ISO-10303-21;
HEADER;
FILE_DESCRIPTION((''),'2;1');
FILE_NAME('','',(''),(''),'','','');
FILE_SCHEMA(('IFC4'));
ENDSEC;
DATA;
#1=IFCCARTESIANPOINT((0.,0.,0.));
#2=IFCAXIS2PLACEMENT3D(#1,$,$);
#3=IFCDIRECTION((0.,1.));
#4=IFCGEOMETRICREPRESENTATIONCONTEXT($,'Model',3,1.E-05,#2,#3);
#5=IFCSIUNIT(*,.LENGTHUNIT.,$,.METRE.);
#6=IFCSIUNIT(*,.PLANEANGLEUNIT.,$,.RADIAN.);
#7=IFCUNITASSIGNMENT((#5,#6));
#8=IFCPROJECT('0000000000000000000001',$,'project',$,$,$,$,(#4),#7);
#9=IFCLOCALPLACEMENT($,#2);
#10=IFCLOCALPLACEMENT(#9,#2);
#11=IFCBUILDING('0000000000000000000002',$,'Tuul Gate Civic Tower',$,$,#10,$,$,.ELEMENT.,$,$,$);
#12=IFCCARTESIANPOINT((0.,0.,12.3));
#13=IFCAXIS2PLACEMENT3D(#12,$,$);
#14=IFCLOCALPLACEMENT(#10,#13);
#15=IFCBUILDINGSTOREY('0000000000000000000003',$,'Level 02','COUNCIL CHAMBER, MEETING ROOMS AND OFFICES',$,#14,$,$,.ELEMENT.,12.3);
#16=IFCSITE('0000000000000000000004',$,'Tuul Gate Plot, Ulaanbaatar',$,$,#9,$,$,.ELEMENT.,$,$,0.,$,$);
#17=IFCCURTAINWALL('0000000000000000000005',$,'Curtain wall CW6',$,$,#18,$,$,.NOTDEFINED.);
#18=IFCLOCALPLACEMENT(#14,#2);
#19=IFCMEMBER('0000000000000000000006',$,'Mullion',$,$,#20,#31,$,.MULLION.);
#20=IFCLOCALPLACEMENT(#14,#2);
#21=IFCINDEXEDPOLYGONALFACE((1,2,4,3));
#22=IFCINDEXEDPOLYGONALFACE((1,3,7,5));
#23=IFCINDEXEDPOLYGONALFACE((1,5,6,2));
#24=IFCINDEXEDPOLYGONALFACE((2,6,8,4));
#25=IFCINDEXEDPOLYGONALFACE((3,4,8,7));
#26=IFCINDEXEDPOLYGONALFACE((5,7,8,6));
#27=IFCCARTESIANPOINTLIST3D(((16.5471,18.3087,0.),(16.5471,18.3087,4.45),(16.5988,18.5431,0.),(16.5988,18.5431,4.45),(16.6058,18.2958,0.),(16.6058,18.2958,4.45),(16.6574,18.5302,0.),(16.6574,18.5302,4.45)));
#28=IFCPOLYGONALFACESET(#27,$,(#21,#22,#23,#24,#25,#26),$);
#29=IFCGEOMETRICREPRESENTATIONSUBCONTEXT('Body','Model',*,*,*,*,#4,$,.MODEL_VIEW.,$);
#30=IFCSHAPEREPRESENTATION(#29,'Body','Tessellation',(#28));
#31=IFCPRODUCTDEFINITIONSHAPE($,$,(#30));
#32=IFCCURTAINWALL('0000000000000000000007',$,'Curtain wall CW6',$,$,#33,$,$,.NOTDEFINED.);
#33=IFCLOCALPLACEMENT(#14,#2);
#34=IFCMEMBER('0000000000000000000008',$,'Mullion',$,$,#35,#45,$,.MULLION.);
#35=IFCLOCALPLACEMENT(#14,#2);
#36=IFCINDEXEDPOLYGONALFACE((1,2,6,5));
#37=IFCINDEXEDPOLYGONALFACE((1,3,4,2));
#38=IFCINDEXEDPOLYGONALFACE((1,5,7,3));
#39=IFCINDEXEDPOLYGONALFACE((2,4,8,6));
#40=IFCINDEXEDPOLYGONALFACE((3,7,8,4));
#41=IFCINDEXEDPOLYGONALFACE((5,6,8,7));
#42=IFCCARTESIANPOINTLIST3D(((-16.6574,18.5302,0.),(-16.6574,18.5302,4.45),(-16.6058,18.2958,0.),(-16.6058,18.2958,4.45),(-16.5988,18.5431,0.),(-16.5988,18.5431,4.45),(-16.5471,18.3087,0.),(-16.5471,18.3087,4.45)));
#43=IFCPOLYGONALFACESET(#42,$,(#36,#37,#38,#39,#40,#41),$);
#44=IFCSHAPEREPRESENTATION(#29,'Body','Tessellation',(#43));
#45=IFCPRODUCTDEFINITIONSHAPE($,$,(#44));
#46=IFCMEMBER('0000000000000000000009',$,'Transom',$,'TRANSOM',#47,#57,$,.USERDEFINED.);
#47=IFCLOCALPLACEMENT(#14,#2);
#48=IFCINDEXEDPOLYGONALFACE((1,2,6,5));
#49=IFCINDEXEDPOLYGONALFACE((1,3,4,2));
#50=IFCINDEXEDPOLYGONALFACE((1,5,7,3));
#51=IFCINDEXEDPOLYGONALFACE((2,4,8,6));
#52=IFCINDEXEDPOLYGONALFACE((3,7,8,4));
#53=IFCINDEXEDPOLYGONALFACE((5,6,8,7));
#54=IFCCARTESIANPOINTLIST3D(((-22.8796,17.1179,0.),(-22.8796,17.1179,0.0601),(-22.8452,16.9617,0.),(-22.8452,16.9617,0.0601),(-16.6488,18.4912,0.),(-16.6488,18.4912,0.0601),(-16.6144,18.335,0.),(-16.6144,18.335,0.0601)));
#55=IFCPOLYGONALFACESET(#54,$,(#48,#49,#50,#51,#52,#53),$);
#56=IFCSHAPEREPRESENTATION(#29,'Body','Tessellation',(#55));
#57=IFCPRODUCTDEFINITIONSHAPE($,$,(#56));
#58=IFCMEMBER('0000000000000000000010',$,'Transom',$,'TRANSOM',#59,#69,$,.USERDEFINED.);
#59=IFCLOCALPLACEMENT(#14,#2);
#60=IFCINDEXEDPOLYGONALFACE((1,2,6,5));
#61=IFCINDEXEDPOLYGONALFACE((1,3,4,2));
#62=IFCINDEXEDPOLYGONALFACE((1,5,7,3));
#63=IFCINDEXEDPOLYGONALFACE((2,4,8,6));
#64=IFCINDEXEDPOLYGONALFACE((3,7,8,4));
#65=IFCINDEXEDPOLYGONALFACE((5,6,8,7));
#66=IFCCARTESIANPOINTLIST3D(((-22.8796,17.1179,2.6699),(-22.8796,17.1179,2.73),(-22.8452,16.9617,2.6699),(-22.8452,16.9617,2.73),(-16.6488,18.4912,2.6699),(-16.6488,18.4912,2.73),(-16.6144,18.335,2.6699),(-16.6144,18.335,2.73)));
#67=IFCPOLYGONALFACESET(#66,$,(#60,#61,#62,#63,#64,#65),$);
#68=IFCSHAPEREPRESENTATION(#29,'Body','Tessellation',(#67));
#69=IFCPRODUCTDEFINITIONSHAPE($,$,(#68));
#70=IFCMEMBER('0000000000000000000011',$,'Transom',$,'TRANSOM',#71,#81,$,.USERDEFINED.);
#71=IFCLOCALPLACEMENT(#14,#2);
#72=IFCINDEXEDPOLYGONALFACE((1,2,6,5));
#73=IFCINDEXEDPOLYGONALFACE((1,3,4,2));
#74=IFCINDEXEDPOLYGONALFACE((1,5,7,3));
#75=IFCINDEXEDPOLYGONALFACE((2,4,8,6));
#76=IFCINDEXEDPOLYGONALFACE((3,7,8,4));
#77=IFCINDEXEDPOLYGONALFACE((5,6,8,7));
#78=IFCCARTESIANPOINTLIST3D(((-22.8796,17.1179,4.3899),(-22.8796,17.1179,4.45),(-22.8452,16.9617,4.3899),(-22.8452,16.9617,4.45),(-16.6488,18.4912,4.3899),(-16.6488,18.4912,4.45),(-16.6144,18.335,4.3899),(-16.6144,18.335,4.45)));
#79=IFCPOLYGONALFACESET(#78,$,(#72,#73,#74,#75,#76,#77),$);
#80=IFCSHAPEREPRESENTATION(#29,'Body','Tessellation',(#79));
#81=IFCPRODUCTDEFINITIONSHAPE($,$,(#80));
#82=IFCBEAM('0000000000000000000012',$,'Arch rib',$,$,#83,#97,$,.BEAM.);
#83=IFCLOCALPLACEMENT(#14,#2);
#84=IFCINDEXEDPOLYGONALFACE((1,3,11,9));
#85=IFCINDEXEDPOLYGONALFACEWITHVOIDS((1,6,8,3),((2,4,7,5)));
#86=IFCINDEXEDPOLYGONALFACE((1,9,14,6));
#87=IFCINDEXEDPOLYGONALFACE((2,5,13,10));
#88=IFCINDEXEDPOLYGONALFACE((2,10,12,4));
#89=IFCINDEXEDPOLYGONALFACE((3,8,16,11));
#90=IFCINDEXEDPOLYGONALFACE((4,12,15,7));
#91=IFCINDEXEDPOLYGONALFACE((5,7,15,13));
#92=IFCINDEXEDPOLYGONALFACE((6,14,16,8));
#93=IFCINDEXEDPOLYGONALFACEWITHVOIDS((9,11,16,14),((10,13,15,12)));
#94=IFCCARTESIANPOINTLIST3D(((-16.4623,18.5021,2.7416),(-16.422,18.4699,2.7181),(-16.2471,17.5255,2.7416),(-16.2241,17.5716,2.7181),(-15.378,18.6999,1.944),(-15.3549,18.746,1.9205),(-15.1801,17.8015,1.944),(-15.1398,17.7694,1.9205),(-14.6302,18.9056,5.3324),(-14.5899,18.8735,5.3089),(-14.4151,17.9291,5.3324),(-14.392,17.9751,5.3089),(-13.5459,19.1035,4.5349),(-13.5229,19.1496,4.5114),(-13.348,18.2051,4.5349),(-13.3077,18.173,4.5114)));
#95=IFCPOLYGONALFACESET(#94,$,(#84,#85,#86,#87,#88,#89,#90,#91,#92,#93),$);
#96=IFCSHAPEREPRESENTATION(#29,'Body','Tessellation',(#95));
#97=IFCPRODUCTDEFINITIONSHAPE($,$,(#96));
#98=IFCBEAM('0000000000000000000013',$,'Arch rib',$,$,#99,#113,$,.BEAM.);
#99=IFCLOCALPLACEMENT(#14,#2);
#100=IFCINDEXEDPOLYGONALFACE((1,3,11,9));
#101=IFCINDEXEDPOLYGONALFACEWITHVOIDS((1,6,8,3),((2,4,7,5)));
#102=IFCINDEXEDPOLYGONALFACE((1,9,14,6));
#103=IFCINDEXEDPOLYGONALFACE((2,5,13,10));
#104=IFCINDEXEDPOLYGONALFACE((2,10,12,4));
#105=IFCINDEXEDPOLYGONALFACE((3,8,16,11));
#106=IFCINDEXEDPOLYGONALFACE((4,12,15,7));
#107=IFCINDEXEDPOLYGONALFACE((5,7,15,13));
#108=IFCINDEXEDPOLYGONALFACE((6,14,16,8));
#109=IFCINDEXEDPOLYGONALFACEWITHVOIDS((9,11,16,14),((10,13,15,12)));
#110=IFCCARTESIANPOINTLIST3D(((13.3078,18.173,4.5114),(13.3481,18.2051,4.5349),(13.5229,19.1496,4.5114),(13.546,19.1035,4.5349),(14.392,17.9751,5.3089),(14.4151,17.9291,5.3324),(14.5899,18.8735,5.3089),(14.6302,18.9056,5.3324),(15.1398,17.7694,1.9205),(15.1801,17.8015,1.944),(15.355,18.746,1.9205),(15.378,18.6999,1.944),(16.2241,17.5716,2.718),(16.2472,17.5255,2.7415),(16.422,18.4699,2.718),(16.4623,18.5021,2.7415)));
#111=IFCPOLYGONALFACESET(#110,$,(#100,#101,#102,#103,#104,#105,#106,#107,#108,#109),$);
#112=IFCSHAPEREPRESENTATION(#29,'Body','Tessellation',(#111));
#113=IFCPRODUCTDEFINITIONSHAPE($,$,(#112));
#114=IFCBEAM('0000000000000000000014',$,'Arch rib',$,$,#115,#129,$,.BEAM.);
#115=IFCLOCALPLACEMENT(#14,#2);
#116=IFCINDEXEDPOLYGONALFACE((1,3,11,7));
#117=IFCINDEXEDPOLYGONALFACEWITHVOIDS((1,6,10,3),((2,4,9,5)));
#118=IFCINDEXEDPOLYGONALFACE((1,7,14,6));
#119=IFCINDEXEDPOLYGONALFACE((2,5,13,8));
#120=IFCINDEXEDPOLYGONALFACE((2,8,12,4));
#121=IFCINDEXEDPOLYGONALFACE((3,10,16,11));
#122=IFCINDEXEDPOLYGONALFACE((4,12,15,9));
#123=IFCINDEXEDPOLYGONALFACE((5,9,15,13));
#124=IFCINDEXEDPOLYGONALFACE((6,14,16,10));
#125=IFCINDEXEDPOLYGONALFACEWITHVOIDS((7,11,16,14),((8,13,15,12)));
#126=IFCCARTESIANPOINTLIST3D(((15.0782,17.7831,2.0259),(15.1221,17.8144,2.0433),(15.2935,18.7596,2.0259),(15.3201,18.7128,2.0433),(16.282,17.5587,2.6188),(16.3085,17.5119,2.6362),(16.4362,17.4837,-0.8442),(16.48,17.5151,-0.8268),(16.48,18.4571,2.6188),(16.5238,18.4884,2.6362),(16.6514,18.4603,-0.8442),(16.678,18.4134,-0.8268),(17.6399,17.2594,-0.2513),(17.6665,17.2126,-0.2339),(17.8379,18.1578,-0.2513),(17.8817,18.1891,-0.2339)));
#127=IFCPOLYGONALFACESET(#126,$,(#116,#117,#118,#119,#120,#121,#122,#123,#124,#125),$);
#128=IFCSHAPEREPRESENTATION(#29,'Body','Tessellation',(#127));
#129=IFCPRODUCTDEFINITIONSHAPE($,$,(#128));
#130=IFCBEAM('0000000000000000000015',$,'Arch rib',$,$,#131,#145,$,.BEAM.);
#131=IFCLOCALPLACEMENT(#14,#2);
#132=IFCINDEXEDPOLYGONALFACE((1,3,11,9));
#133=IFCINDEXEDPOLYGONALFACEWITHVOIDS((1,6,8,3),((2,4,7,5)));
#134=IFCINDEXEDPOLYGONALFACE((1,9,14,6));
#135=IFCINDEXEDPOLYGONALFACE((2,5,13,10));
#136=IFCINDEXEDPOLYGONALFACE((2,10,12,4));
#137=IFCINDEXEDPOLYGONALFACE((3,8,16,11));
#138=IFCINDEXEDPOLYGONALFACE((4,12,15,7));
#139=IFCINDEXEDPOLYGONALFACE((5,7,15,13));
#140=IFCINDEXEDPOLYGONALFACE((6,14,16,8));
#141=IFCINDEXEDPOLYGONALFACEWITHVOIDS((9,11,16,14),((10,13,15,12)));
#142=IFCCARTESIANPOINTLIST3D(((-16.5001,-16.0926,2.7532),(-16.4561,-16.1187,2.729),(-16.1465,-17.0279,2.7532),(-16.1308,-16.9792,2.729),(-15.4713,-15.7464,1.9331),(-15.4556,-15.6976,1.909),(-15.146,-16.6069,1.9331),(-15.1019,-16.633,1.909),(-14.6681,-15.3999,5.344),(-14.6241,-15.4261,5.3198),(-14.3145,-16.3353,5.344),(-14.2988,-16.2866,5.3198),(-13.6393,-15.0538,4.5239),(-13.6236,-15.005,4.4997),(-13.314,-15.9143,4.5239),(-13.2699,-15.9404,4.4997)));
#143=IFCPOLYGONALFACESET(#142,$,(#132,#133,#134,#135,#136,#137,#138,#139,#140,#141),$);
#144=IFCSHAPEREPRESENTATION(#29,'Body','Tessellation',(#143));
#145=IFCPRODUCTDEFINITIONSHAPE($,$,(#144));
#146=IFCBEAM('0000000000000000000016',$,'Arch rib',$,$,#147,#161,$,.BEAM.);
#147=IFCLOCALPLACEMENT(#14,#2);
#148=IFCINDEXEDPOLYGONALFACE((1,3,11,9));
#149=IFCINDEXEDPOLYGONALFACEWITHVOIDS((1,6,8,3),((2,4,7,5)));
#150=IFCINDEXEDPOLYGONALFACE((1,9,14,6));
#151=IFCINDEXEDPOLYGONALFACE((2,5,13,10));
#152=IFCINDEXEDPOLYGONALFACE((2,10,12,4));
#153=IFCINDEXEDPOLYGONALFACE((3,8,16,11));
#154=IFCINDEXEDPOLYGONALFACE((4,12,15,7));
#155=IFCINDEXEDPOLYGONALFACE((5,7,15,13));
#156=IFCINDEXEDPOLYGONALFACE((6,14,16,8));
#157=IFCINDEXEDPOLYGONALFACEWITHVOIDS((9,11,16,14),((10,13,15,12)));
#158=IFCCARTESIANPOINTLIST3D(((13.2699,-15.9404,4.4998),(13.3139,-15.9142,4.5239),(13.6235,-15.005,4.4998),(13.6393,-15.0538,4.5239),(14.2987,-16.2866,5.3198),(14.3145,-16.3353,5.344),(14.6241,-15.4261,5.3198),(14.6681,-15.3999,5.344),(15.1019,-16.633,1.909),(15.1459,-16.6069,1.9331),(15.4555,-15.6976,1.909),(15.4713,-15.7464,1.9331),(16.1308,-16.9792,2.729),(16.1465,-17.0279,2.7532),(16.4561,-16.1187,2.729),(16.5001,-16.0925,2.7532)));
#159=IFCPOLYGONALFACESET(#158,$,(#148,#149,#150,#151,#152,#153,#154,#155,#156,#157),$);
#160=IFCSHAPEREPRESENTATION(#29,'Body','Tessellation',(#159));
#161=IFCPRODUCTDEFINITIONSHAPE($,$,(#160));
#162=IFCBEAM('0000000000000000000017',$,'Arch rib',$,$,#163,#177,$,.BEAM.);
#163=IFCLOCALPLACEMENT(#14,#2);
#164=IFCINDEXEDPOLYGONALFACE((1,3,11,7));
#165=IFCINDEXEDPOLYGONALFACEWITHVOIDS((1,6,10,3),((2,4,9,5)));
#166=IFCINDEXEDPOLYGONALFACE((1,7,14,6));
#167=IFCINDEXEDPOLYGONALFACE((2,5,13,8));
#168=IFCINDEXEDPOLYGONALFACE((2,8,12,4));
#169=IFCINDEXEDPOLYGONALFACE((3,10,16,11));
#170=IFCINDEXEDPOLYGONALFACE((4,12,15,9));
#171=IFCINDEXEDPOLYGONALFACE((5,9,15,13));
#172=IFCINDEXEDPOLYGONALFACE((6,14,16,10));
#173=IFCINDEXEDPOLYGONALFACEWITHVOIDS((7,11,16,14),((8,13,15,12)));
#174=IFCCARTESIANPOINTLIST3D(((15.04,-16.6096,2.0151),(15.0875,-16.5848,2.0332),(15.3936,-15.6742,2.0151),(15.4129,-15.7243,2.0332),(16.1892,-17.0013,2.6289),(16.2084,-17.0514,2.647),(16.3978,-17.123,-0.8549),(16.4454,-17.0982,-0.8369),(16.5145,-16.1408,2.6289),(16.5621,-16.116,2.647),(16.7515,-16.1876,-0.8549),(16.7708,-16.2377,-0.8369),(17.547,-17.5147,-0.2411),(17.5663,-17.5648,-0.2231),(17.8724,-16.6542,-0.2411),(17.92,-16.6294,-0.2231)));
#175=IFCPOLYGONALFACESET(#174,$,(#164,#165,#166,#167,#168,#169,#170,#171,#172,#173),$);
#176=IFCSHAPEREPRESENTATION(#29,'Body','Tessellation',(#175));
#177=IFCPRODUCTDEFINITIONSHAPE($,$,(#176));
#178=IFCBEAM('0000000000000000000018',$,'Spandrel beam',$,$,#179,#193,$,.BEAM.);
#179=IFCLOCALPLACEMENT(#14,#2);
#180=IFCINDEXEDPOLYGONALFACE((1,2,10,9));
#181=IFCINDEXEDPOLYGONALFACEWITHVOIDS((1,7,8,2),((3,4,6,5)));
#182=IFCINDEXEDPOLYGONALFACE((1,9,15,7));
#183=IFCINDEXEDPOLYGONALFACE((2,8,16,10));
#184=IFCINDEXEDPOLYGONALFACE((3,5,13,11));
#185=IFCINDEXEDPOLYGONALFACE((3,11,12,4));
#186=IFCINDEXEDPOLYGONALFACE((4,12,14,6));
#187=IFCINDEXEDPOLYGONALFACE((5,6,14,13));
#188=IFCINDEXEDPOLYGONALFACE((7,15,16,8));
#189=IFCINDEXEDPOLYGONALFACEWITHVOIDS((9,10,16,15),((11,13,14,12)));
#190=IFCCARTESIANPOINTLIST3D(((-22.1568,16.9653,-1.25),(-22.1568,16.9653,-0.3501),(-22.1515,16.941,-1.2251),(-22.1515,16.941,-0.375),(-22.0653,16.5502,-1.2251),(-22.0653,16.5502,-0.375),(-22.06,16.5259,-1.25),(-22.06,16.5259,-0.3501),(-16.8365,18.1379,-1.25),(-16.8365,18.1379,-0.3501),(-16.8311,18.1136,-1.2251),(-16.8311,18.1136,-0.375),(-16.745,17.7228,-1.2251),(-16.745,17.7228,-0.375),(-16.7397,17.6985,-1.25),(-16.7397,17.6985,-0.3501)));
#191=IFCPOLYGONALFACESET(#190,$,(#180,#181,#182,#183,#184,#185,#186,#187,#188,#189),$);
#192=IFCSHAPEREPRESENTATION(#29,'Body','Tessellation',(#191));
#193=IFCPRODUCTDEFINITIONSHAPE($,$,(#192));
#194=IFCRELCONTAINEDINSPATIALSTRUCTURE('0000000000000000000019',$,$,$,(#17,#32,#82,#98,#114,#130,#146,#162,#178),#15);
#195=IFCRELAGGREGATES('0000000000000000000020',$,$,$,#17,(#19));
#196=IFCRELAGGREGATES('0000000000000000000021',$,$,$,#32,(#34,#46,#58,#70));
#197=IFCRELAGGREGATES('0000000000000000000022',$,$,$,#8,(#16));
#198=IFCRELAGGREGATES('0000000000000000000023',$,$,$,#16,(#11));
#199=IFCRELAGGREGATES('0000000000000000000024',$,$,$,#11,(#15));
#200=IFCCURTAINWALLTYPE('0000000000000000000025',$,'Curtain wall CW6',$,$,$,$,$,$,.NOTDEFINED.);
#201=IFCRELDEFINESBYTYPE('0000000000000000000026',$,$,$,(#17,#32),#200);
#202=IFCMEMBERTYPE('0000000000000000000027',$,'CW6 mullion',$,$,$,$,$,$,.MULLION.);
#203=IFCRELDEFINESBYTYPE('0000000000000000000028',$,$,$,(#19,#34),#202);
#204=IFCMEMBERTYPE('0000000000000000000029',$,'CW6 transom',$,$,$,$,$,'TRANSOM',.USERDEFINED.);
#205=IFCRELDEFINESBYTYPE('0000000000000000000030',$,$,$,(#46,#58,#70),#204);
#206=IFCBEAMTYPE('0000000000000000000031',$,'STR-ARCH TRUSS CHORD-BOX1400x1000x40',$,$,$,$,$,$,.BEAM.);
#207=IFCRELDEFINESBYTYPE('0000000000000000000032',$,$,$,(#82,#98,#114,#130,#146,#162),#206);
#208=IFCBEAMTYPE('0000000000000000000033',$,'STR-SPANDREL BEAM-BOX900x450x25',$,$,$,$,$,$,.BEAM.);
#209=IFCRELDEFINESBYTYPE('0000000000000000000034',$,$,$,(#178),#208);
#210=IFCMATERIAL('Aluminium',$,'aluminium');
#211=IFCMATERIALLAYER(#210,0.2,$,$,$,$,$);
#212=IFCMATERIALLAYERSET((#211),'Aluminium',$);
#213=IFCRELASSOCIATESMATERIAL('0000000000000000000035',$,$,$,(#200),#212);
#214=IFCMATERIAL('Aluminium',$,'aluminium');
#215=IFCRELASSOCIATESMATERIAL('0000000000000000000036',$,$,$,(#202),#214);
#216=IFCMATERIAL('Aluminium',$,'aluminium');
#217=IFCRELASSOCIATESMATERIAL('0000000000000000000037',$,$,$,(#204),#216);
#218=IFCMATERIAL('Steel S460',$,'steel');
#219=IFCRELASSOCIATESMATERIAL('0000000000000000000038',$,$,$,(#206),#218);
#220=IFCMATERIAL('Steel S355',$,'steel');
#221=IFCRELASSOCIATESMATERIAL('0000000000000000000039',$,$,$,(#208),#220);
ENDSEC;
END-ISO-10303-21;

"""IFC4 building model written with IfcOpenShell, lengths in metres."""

from ifc_helpers import new_model, si_unit, direction, frame, origin, origin_2d, place, context, subcontext, project, spatial, rectangle, hollow_rectangle, extrude, material, layer, layer_set, material_profile, profile_set, type_object, element, aggregate, save


model = new_model("IFC4")

# Units and contexts
model_context = context("Model", 3, precision=1e-05, world=origin(), true_north=direction((0.0, 1.0)))
body_context = subcontext(model_context, "Body", "Model", "MODEL_VIEW")
ifc_project = project(units=[si_unit("LENGTHUNIT", "METRE"), si_unit("PLANEANGLEUNIT", "RADIAN")], contexts=[model_context])

# Site, building, storey
site_placement = place(None, origin())
site = spatial("IfcSite", under=ifc_project, at=site_placement, Name="Tuul Gate Plot, Ulaanbaatar", CompositionType="ELEMENT", RefElevation=0.0)
building_placement = place(site_placement, origin())
building = spatial("IfcBuilding", under=site, at=building_placement, Name="Tuul Gate Civic Tower", CompositionType="ELEMENT")
storey_placement = place(building_placement, frame((0.0, 0.0, 12.3)))
storey = spatial("IfcBuildingStorey", under=building, at=storey_placement, Name="Level 02", Description="COUNCIL CHAMBER, MEETING ROOMS AND OFFICES", CompositionType="ELEMENT", Elevation=12.3)

# Curtain wall, member
ifc_material_1 = material(Name="Aluminium", Category="aluminium")
ifc_layer_1 = layer(ifc_material_1, 0.2)
ifc_layer_set_1 = layer_set([ifc_layer_1], Name="Aluminium")
curtain_wall_type = type_object("IfcCurtainWallType", Name="Curtain wall CW6", PredefinedType="NOTDEFINED", material=ifc_layer_set_1)
curtain_wall_1_placement = place(storey_placement, origin())
curtain_wall_1 = element("IfcCurtainWall", 1, at=curtain_wall_1_placement, inside=storey, type_object=curtain_wall_type, Name="Curtain wall CW6", PredefinedType="NOTDEFINED")
ifc_material_2 = material(Name="Aluminium", Category="aluminium")
ifc_material_profile_1 = material_profile(ifc_material_2, rectangle(XDim=0.24, YDim=0.0601, at=origin_2d()), Name="CW6 mullion")
ifc_profile_set_1 = profile_set([ifc_material_profile_1], Name="Aluminium")
member_type_1 = type_object("IfcMemberType", Name="CW6 mullion", PredefinedType="MULLION", material=ifc_profile_set_1)
member_1_placement = place(storey_placement, frame((16.6023, 18.4194, 0.0), z_axis=(0.0, 0.0, 1.0), x_axis=(-0.215207, -0.976569, 0.0)))
member_1 = element("IfcMember", 2, at=member_1_placement, type_object=member_type_1, Name="Mullion", PredefinedType="MULLION", context=body_context, shape_type="SweptSolid", body=[
    extrude(rectangle(XDim=0.24, YDim=0.0601, at=origin_2d()), origin(), (0.0, 0.0, 1.0), 4.45),
])
aggregate(curtain_wall_1, [member_1])

# Curtain wall, members
curtain_wall_2_placement = place(storey_placement, origin())
curtain_wall_2 = element("IfcCurtainWall", 3, at=curtain_wall_2_placement, inside=storey, type_object=curtain_wall_type, Name="Curtain wall CW6", PredefinedType="NOTDEFINED")
member_2_placement = place(storey_placement, frame((-16.6023, 18.4194, 0.0), z_axis=(0.0, 0.0, 1.0), x_axis=(0.215207, -0.976569, 0.0)))
member_2 = element("IfcMember", 4, at=member_2_placement, type_object=member_type_1, Name="Mullion", PredefinedType="MULLION", context=body_context, shape_type="SweptSolid", body=[
    extrude(rectangle(XDim=0.24, YDim=0.0601, at=origin_2d()), origin(), (0.0, 0.0, 1.0), 4.45),
])
ifc_material_3 = material(Name="Aluminium", Category="aluminium")
ifc_material_profile_2 = material_profile(ifc_material_3, rectangle(XDim=0.1599, YDim=0.0601, at=origin_2d()), Name="CW6 transom")
ifc_profile_set_2 = profile_set([ifc_material_profile_2], Name="Aluminium")
member_type_2 = type_object("IfcMemberType", Name="CW6 transom", ElementType="TRANSOM", PredefinedType="USERDEFINED", material=ifc_profile_set_2)
member_3_placement = place(storey_placement, frame((-16.6316, 18.4131, 0.03), z_axis=(-0.976561, -0.215241, 0.0), x_axis=(0.215241, -0.976561, 0.0)))
member_3 = element("IfcMember", 5, at=member_3_placement, type_object=member_type_2, Name="Transom", ObjectType="TRANSOM", PredefinedType="USERDEFINED", context=body_context, shape_type="SweptSolid", body=[
    extrude(rectangle(XDim=0.1599, YDim=0.0601, at=origin_2d()), origin(), (0.0, 0.0, 1.0), 6.3804),
])
member_4_placement = place(storey_placement, frame((-16.6316, 18.4131, 2.7), z_axis=(-0.976561, -0.215241, 0.0), x_axis=(0.215241, -0.976561, 0.0)))
member_4 = element("IfcMember", 6, at=member_4_placement, type_object=member_type_2, Name="Transom", ObjectType="TRANSOM", PredefinedType="USERDEFINED", context=body_context, shape_type="SweptSolid", body=[
    extrude(rectangle(XDim=0.1599, YDim=0.0601, at=origin_2d()), origin(), (0.0, 0.0, 1.0), 6.3804),
])
member_5_placement = place(storey_placement, frame((-16.6316, 18.4131, 4.4199), z_axis=(-0.976561, -0.215241, 0.0), x_axis=(0.215241, -0.976561, 0.0)))
member_5 = element("IfcMember", 7, at=member_5_placement, type_object=member_type_2, Name="Transom", ObjectType="TRANSOM", PredefinedType="USERDEFINED", context=body_context, shape_type="SweptSolid", body=[
    extrude(rectangle(XDim=0.1599, YDim=0.0601, at=origin_2d()), origin(), (0.0, 0.0, 1.0), 6.3804),
])
aggregate(curtain_wall_2, [member_2, member_3, member_4, member_5])

# Beams
ifc_material_4 = material(Name="Steel S460", Category="steel")
ifc_material_profile_3 = material_profile(ifc_material_4, hollow_rectangle(XDim=1.0, YDim=1.3999, WallThickness=0.04, at=origin_2d()), Name="BOX1400x1000x40")
ifc_profile_set_3 = profile_set([ifc_material_profile_3], Name="Steel S460")
beam_type_1 = type_object("IfcBeamType", Name="STR-ARCH TRUSS CHORD-BOX1400x1000x40", PredefinedType="BEAM", material=ifc_profile_set_3)
for number, where, z_axis, x_axis, name in (
    (8, (-15.801, 18.1357, 2.3311), (0.572746, 0.126166, 0.809966), (-0.215125, 0.976587, 0.0), "Arch rib"),
    (9, (13.969, 18.5393, 4.9219), (0.572746, -0.126166, -0.809966), (0.215125, 0.976587, 0.0), "Arch rib"),
):
    element("IfcBeam", number, at=place(storey_placement, frame(where, z_axis=z_axis, x_axis=x_axis)), inside=storey, type_object=beam_type_1, Name=name, PredefinedType="BEAM", context=body_context, shape_type="SweptSolid", body=[
        extrude(hollow_rectangle(XDim=1.0, YDim=1.3999, WallThickness=0.04, at=origin_2d()), origin(), (0.0, 0.0, 1.0), 3.1987),
    ])
beam_1_placement = place(storey_placement, frame((15.801, 18.1357, 2.3311), z_axis=(0.425782, -0.093853, -0.899945), x_axis=(0.215257, 0.976557, 0.0)))
element("IfcBeam", 10, at=beam_1_placement, inside=storey, type_object=beam_type_1, Name="Arch rib", PredefinedType="BEAM", context=body_context, shape_type="SweptSolid", body=[
    extrude(hollow_rectangle(XDim=1.0, YDim=1.3999, WallThickness=0.04, at=origin_2d()), origin(), (0.0, 0.0, 1.0), 3.1892),
])
for number, where, z_axis, x_axis, name in (
    (11, (-15.801, -16.3628, 2.3311), (0.564078, 0.213258, 0.797707), (-0.353636, 0.935383, 0.0), "Arch rib"),
    (12, (13.969, -15.6702, 4.9219), (0.564078, -0.213258, -0.797707), (0.353636, 0.935383, 0.0), "Arch rib"),
):
    element("IfcBeam", number, at=place(storey_placement, frame(where, z_axis=z_axis, x_axis=x_axis)), inside=storey, type_object=beam_type_1, Name=name, PredefinedType="BEAM", context=body_context, shape_type="SweptSolid", body=[
        extrude(hollow_rectangle(XDim=1.0, YDim=1.3999, WallThickness=0.04, at=origin_2d()), origin(), (0.0, 0.0, 1.0), 3.2478),
    ])
beam_2_placement = place(storey_placement, frame((15.801, -16.3628, 2.3311), z_axis=(0.422186, -0.159629, -0.892344), x_axis=(0.353665, 0.935372, 0.0)))
element("IfcBeam", 13, at=beam_2_placement, inside=storey, type_object=beam_type_1, Name="Arch rib", PredefinedType="BEAM", context=body_context, shape_type="SweptSolid", body=[
    extrude(hollow_rectangle(XDim=1.0, YDim=1.3999, WallThickness=0.04, at=origin_2d()), origin(), (0.0, 0.0, 1.0), 3.2163),
])
ifc_material_5 = material(Name="Steel S355", Category="steel")
ifc_material_profile_4 = material_profile(ifc_material_5, hollow_rectangle(XDim=0.45, YDim=0.8999, WallThickness=0.0249, at=origin_2d()), Name="BOX900x450x25")
ifc_profile_set_4 = profile_set([ifc_material_profile_4], Name="Steel S355")
beam_type_2 = type_object("IfcBeamType", Name="STR-SPANDREL BEAM-BOX900x450x25", PredefinedType="BEAM", material=ifc_profile_set_4)
beam_3_placement = place(storey_placement, frame((-16.7881, 17.9182, -0.8), z_axis=(-0.976562, -0.215236, 0.0), x_axis=(0.215236, -0.976562, 0.0)))
element("IfcBeam", 14, at=beam_3_placement, inside=storey, type_object=beam_type_2, Name="Spandrel beam", PredefinedType="BEAM", context=body_context, shape_type="SweptSolid", body=[
    extrude(hollow_rectangle(XDim=0.45, YDim=0.8999, WallThickness=0.0249, at=origin_2d()), origin(), (0.0, 0.0, 1.0), 5.448),
])

save(model, "model.ifc")
